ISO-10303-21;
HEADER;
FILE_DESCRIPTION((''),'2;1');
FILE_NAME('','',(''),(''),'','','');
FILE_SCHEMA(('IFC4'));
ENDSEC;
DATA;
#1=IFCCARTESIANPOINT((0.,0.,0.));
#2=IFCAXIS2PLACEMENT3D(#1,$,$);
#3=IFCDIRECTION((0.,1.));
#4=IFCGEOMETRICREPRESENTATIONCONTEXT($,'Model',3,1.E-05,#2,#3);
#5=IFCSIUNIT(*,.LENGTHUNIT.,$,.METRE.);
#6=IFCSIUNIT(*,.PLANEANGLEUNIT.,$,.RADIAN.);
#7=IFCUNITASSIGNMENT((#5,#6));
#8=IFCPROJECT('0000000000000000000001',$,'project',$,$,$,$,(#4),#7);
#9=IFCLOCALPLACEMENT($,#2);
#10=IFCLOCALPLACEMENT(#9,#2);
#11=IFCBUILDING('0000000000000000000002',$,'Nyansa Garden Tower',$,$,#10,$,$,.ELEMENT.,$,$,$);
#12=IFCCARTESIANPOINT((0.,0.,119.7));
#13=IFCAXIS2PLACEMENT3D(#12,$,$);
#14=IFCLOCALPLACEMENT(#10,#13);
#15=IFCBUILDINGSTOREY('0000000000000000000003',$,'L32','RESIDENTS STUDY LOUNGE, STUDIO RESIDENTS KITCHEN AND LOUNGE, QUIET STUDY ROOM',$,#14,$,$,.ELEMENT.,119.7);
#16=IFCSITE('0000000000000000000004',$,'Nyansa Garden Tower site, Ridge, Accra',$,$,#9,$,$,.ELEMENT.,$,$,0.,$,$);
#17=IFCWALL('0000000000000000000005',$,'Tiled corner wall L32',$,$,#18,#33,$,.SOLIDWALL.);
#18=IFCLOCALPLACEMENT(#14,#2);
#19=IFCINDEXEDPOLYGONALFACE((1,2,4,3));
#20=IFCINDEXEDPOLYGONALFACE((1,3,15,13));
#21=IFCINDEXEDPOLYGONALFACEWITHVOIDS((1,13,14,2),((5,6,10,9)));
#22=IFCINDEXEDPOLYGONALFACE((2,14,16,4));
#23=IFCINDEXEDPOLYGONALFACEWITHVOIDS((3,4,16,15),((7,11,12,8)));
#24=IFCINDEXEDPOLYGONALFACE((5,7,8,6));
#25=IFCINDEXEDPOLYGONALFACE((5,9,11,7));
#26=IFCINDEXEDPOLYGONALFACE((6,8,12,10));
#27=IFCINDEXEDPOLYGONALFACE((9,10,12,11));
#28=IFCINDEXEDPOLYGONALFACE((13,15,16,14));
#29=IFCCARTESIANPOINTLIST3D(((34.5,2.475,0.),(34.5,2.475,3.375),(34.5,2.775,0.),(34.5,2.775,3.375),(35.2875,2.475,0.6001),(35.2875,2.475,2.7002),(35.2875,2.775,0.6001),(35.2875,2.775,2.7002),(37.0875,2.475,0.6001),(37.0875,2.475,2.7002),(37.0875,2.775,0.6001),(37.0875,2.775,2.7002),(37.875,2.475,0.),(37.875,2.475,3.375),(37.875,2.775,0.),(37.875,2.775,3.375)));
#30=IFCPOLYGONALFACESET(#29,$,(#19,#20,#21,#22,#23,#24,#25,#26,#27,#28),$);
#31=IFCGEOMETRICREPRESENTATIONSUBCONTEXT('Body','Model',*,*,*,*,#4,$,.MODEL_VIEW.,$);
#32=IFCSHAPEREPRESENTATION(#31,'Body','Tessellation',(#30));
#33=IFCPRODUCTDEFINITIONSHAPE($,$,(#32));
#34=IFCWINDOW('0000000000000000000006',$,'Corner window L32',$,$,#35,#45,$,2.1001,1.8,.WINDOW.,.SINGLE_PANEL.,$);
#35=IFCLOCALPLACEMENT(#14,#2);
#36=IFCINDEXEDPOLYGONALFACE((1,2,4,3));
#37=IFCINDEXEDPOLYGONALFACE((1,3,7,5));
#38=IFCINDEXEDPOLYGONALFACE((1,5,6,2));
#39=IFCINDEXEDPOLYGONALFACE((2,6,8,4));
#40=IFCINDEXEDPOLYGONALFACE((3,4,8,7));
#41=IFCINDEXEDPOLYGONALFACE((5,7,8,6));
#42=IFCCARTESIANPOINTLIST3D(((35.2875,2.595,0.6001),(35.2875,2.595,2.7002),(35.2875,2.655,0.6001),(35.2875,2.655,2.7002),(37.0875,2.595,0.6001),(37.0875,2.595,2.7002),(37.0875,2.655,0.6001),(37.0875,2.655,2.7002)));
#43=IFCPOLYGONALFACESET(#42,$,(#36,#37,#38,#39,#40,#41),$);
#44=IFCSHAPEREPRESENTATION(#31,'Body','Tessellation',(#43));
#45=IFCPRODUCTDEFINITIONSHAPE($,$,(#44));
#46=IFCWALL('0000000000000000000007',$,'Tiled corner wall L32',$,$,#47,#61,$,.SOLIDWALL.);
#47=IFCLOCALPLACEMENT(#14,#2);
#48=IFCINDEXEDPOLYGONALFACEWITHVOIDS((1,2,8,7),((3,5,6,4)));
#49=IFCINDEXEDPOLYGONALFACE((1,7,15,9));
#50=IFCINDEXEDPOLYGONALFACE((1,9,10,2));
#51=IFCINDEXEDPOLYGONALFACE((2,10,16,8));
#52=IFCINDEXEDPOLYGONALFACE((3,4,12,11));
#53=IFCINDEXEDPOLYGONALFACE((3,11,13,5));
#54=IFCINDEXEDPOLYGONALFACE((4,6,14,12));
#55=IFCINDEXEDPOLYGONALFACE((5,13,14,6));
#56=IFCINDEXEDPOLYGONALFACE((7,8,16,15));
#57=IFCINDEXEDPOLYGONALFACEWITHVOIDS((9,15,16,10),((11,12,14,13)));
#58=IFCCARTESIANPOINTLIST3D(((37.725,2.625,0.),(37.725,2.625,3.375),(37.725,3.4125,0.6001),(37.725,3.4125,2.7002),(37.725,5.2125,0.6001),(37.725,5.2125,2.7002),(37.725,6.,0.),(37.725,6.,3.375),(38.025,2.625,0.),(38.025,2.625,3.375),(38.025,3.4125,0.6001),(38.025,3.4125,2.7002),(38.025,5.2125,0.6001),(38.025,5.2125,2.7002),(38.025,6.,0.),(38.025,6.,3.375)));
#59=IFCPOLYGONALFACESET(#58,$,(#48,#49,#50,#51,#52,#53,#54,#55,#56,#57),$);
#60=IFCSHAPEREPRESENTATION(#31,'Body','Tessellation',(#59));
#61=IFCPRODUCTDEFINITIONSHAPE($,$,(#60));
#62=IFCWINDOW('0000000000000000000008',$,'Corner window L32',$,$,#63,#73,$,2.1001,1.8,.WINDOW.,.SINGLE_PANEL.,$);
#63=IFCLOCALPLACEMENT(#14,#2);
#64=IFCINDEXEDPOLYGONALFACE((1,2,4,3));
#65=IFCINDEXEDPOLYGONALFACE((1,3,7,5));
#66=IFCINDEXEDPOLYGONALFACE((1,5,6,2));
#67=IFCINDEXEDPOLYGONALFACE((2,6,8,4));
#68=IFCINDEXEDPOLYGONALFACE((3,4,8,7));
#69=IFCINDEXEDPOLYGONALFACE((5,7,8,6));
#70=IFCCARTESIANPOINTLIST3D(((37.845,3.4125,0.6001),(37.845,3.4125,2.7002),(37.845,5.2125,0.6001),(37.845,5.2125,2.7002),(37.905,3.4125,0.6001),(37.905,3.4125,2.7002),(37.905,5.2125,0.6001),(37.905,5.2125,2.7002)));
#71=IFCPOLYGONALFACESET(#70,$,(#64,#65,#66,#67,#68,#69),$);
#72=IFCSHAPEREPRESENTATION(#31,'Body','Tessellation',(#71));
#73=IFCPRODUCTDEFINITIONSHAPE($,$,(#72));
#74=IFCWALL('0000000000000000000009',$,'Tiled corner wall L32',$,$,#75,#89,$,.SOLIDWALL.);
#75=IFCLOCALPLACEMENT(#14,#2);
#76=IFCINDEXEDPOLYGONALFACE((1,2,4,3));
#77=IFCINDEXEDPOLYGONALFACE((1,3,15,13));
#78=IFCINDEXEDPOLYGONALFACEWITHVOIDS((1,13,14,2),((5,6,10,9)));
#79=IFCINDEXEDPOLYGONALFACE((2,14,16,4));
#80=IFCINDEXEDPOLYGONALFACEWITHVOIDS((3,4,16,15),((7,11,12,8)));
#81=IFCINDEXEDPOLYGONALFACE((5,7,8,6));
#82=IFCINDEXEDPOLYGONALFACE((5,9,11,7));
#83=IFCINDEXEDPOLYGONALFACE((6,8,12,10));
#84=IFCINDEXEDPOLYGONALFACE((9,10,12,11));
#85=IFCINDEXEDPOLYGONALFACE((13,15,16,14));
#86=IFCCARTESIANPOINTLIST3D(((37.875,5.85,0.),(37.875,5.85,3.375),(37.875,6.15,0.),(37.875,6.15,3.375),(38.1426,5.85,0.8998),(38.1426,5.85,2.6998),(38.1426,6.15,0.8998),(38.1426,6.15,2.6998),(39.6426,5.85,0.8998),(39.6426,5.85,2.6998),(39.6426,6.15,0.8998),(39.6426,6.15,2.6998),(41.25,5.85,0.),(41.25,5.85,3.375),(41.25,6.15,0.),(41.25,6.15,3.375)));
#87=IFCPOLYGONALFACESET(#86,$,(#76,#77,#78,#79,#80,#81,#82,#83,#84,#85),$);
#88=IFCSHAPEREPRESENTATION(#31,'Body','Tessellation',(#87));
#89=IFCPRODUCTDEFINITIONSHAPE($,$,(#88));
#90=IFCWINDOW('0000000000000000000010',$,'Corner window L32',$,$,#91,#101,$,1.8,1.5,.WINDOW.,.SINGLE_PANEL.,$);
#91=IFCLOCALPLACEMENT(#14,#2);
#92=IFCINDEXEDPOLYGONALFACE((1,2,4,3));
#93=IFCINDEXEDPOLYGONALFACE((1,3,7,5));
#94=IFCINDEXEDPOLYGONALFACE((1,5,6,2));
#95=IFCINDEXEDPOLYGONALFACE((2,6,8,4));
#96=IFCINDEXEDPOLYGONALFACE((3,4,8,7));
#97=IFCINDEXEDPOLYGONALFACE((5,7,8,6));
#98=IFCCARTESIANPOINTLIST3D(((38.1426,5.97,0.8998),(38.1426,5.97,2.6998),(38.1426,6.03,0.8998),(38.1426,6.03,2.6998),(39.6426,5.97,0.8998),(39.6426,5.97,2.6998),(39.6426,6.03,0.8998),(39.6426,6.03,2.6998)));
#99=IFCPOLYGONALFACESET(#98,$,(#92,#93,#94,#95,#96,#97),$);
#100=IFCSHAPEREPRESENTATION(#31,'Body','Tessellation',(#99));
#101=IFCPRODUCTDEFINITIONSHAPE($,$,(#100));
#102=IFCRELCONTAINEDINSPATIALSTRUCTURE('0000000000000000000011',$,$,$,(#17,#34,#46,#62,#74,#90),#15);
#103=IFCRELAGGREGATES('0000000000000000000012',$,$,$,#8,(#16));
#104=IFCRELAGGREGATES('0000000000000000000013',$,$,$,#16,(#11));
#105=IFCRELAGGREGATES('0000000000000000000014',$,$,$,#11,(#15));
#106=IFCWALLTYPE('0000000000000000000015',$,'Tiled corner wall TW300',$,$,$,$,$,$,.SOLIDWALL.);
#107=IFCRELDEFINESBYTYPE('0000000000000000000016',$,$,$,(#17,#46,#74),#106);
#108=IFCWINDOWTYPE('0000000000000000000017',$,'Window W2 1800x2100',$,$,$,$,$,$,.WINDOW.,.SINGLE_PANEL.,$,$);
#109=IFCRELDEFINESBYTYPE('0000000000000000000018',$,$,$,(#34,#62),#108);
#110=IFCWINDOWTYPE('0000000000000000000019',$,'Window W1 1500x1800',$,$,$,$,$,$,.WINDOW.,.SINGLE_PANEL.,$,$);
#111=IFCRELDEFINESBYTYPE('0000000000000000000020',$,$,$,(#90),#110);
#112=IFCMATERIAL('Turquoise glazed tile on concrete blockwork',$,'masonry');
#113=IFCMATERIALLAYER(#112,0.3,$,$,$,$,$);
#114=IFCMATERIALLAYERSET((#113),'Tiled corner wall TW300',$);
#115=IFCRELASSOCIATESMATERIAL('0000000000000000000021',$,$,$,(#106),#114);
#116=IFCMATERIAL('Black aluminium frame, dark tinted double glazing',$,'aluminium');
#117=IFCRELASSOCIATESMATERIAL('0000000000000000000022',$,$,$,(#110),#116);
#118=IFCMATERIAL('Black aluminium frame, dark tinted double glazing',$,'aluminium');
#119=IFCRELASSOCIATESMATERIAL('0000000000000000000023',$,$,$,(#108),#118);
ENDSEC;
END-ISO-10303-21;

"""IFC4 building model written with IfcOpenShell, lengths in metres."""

from ifc_helpers import new_model, si_unit, direction, frame, frame_2d, origin, place, context, subcontext, project, spatial, rectangle, extrude, material, layer, layer_set, type_object, element, fill, save


model = new_model("IFC4")

# Units and contexts
model_context = context("Model", 3, precision=1e-05, world=origin(), true_north=direction((0.0, 1.0)))
body_context = subcontext(model_context, "Body", "Model", "MODEL_VIEW")
ifc_project = project(units=[si_unit("LENGTHUNIT", "METRE"), si_unit("PLANEANGLEUNIT", "RADIAN")], contexts=[model_context])

# Site, building, storey
site_placement = place(None, origin())
site = spatial("IfcSite", under=ifc_project, at=site_placement, Name="Nyansa Garden Tower site, Ridge, Accra", CompositionType="ELEMENT", RefElevation=0.0)
building_placement = place(site_placement, origin())
building = spatial("IfcBuilding", under=site, at=building_placement, Name="Nyansa Garden Tower", CompositionType="ELEMENT")
storey_placement = place(building_placement, frame((0.0, 0.0, 119.7)))
storey = spatial("IfcBuildingStorey", under=building, at=storey_placement, Name="L32", Description="RESIDENTS STUDY LOUNGE, STUDIO RESIDENTS KITCHEN AND LOUNGE, QUIET STUDY ROOM", CompositionType="ELEMENT", Elevation=119.7)

# Walls, openings, windows
ifc_material_1 = material(Name="Turquoise glazed tile on concrete blockwork", Category="masonry")
ifc_layer_1 = layer(ifc_material_1, 0.3)
ifc_layer_set_1 = layer_set([ifc_layer_1], Name="Tiled corner wall TW300")
wall_type_1 = type_object("IfcWallType", Name="Tiled corner wall TW300", PredefinedType="SOLIDWALL", material=ifc_layer_set_1)
ifc_material_2 = material(Name="Black aluminium frame, dark tinted double glazing", Category="aluminium")
window_type_1 = type_object("IfcWindowType", Name="Window W1 1500x1800", PartitioningType="SINGLE_PANEL", PredefinedType="WINDOW", material=ifc_material_2)
wall_1_placement = place(storey_placement, frame((34.5, 2.625, 0.0), z_axis=(0.0, 0.0, 1.0), x_axis=(1.0, 0.0, 0.0)))
wall_1 = element("IfcWall", 1, at=wall_1_placement, inside=storey, type_object=wall_type_1, Name="Tiled corner wall L32", PredefinedType="SOLIDWALL", context=body_context, shape_type="SweptSolid", body=[
    extrude(rectangle(XDim=3.375, YDim=0.3, at=frame_2d((1.6875, 0.0))), origin(), (0.0, 0.0, 1.0), 3.375),
])
opening_1_placement = place(wall_1_placement, frame((0.7876, 0.0, 0.6001)))
opening_1 = element("IfcOpeningElement", 2, at=opening_1_placement, cuts=wall_1, PredefinedType="OPENING", context=body_context, shape_type="SweptSolid", body=[
    extrude(rectangle(XDim=1.8, YDim=2.1001, at=frame_2d((0.8999, 1.05))), frame((0.0, 0.1599, 0.0), z_axis=(0.0, -1.0, 0.0), x_axis=(1.0, 0.0, 0.0)), (0.0, 0.0, 1.0), 0.3201),
])
ifc_material_3 = material(Name="Black aluminium frame, dark tinted double glazing", Category="aluminium")
window_type_2 = type_object("IfcWindowType", Name="Window W2 1800x2100", PartitioningType="SINGLE_PANEL", PredefinedType="WINDOW", material=ifc_material_3)
window_1_placement = place(opening_1_placement, origin())
window_1 = element("IfcWindow", 3, at=window_1_placement, inside=storey, type_object=window_type_2, Name="Corner window L32", OverallHeight=2.1001, OverallWidth=1.8, PartitioningType="SINGLE_PANEL", PredefinedType="WINDOW", context=body_context, shape_type="SweptSolid", body=[
    extrude(rectangle(XDim=1.8, YDim=2.1001, at=frame_2d((0.8999, 1.05))), frame((0.0, 0.03, 0.0), z_axis=(0.0, -1.0, 0.0), x_axis=(1.0, 0.0, 0.0)), (0.0, 0.0, 1.0), 0.0601),
])
fill(opening_1, window_1)
wall_2_placement = place(storey_placement, frame((37.875, 2.625, 0.0), z_axis=(0.0, 0.0, 1.0), x_axis=(0.0, 1.0, 0.0)))
wall_2 = element("IfcWall", 4, at=wall_2_placement, inside=storey, type_object=wall_type_1, Name="Tiled corner wall L32", PredefinedType="SOLIDWALL", context=body_context, shape_type="SweptSolid", body=[
    extrude(rectangle(XDim=3.375, YDim=0.3, at=frame_2d((1.6875, 0.0))), origin(), (0.0, 0.0, 1.0), 3.375),
])
opening_2_placement = place(wall_2_placement, frame((0.7876, 0.0, 0.6001)))
opening_2 = element("IfcOpeningElement", 5, at=opening_2_placement, cuts=wall_2, PredefinedType="OPENING", context=body_context, shape_type="SweptSolid", body=[
    extrude(rectangle(XDim=1.8, YDim=2.1001, at=frame_2d((0.8999, 1.05))), frame((0.0, 0.1599, 0.0), z_axis=(0.0, -1.0, 0.0), x_axis=(1.0, 0.0, 0.0)), (0.0, 0.0, 1.0), 0.3201),
])
window_2_placement = place(opening_2_placement, origin())
window_2 = element("IfcWindow", 6, at=window_2_placement, inside=storey, type_object=window_type_2, Name="Corner window L32", OverallHeight=2.1001, OverallWidth=1.8, PartitioningType="SINGLE_PANEL", PredefinedType="WINDOW", context=body_context, shape_type="SweptSolid", body=[
    extrude(rectangle(XDim=1.8, YDim=2.1001, at=frame_2d((0.8999, 1.05))), frame((0.0, 0.03, 0.0), z_axis=(0.0, -1.0, 0.0), x_axis=(1.0, 0.0, 0.0)), (0.0, 0.0, 1.0), 0.0601),
])
fill(opening_2, window_2)
wall_3_placement = place(storey_placement, frame((37.875, 6.0, 0.0), z_axis=(0.0, 0.0, 1.0), x_axis=(1.0, 0.0, 0.0)))
wall_3 = element("IfcWall", 7, at=wall_3_placement, inside=storey, type_object=wall_type_1, Name="Tiled corner wall L32", PredefinedType="SOLIDWALL", context=body_context, shape_type="SweptSolid", body=[
    extrude(rectangle(XDim=3.375, YDim=0.3, at=frame_2d((1.6875, 0.0))), origin(), (0.0, 0.0, 1.0), 3.375),
])
opening_3_placement = place(wall_3_placement, frame((0.2676, 0.0, 0.8999)))
opening_3 = element("IfcOpeningElement", 8, at=opening_3_placement, cuts=wall_3, PredefinedType="OPENING", context=body_context, shape_type="SweptSolid", body=[
    extrude(rectangle(XDim=1.5, YDim=1.8, at=frame_2d((0.75, 0.8999))), frame((0.0, 0.1599, 0.0), z_axis=(0.0, -1.0, 0.0), x_axis=(1.0, 0.0, 0.0)), (0.0, 0.0, 1.0), 0.3201),
])
window_3_placement = place(opening_3_placement, origin())
window_3 = element("IfcWindow", 9, at=window_3_placement, inside=storey, type_object=window_type_1, Name="Corner window L32", OverallHeight=1.8, OverallWidth=1.5, PartitioningType="SINGLE_PANEL", PredefinedType="WINDOW", context=body_context, shape_type="SweptSolid", body=[
    extrude(rectangle(XDim=1.5, YDim=1.8, at=frame_2d((0.75, 0.8999))), frame((0.0, 0.03, 0.0), z_axis=(0.0, -1.0, 0.0), x_axis=(1.0, 0.0, 0.0)), (0.0, 0.0, 1.0), 0.0601),
])
fill(opening_3, window_3)

save(model, "model.ifc")
